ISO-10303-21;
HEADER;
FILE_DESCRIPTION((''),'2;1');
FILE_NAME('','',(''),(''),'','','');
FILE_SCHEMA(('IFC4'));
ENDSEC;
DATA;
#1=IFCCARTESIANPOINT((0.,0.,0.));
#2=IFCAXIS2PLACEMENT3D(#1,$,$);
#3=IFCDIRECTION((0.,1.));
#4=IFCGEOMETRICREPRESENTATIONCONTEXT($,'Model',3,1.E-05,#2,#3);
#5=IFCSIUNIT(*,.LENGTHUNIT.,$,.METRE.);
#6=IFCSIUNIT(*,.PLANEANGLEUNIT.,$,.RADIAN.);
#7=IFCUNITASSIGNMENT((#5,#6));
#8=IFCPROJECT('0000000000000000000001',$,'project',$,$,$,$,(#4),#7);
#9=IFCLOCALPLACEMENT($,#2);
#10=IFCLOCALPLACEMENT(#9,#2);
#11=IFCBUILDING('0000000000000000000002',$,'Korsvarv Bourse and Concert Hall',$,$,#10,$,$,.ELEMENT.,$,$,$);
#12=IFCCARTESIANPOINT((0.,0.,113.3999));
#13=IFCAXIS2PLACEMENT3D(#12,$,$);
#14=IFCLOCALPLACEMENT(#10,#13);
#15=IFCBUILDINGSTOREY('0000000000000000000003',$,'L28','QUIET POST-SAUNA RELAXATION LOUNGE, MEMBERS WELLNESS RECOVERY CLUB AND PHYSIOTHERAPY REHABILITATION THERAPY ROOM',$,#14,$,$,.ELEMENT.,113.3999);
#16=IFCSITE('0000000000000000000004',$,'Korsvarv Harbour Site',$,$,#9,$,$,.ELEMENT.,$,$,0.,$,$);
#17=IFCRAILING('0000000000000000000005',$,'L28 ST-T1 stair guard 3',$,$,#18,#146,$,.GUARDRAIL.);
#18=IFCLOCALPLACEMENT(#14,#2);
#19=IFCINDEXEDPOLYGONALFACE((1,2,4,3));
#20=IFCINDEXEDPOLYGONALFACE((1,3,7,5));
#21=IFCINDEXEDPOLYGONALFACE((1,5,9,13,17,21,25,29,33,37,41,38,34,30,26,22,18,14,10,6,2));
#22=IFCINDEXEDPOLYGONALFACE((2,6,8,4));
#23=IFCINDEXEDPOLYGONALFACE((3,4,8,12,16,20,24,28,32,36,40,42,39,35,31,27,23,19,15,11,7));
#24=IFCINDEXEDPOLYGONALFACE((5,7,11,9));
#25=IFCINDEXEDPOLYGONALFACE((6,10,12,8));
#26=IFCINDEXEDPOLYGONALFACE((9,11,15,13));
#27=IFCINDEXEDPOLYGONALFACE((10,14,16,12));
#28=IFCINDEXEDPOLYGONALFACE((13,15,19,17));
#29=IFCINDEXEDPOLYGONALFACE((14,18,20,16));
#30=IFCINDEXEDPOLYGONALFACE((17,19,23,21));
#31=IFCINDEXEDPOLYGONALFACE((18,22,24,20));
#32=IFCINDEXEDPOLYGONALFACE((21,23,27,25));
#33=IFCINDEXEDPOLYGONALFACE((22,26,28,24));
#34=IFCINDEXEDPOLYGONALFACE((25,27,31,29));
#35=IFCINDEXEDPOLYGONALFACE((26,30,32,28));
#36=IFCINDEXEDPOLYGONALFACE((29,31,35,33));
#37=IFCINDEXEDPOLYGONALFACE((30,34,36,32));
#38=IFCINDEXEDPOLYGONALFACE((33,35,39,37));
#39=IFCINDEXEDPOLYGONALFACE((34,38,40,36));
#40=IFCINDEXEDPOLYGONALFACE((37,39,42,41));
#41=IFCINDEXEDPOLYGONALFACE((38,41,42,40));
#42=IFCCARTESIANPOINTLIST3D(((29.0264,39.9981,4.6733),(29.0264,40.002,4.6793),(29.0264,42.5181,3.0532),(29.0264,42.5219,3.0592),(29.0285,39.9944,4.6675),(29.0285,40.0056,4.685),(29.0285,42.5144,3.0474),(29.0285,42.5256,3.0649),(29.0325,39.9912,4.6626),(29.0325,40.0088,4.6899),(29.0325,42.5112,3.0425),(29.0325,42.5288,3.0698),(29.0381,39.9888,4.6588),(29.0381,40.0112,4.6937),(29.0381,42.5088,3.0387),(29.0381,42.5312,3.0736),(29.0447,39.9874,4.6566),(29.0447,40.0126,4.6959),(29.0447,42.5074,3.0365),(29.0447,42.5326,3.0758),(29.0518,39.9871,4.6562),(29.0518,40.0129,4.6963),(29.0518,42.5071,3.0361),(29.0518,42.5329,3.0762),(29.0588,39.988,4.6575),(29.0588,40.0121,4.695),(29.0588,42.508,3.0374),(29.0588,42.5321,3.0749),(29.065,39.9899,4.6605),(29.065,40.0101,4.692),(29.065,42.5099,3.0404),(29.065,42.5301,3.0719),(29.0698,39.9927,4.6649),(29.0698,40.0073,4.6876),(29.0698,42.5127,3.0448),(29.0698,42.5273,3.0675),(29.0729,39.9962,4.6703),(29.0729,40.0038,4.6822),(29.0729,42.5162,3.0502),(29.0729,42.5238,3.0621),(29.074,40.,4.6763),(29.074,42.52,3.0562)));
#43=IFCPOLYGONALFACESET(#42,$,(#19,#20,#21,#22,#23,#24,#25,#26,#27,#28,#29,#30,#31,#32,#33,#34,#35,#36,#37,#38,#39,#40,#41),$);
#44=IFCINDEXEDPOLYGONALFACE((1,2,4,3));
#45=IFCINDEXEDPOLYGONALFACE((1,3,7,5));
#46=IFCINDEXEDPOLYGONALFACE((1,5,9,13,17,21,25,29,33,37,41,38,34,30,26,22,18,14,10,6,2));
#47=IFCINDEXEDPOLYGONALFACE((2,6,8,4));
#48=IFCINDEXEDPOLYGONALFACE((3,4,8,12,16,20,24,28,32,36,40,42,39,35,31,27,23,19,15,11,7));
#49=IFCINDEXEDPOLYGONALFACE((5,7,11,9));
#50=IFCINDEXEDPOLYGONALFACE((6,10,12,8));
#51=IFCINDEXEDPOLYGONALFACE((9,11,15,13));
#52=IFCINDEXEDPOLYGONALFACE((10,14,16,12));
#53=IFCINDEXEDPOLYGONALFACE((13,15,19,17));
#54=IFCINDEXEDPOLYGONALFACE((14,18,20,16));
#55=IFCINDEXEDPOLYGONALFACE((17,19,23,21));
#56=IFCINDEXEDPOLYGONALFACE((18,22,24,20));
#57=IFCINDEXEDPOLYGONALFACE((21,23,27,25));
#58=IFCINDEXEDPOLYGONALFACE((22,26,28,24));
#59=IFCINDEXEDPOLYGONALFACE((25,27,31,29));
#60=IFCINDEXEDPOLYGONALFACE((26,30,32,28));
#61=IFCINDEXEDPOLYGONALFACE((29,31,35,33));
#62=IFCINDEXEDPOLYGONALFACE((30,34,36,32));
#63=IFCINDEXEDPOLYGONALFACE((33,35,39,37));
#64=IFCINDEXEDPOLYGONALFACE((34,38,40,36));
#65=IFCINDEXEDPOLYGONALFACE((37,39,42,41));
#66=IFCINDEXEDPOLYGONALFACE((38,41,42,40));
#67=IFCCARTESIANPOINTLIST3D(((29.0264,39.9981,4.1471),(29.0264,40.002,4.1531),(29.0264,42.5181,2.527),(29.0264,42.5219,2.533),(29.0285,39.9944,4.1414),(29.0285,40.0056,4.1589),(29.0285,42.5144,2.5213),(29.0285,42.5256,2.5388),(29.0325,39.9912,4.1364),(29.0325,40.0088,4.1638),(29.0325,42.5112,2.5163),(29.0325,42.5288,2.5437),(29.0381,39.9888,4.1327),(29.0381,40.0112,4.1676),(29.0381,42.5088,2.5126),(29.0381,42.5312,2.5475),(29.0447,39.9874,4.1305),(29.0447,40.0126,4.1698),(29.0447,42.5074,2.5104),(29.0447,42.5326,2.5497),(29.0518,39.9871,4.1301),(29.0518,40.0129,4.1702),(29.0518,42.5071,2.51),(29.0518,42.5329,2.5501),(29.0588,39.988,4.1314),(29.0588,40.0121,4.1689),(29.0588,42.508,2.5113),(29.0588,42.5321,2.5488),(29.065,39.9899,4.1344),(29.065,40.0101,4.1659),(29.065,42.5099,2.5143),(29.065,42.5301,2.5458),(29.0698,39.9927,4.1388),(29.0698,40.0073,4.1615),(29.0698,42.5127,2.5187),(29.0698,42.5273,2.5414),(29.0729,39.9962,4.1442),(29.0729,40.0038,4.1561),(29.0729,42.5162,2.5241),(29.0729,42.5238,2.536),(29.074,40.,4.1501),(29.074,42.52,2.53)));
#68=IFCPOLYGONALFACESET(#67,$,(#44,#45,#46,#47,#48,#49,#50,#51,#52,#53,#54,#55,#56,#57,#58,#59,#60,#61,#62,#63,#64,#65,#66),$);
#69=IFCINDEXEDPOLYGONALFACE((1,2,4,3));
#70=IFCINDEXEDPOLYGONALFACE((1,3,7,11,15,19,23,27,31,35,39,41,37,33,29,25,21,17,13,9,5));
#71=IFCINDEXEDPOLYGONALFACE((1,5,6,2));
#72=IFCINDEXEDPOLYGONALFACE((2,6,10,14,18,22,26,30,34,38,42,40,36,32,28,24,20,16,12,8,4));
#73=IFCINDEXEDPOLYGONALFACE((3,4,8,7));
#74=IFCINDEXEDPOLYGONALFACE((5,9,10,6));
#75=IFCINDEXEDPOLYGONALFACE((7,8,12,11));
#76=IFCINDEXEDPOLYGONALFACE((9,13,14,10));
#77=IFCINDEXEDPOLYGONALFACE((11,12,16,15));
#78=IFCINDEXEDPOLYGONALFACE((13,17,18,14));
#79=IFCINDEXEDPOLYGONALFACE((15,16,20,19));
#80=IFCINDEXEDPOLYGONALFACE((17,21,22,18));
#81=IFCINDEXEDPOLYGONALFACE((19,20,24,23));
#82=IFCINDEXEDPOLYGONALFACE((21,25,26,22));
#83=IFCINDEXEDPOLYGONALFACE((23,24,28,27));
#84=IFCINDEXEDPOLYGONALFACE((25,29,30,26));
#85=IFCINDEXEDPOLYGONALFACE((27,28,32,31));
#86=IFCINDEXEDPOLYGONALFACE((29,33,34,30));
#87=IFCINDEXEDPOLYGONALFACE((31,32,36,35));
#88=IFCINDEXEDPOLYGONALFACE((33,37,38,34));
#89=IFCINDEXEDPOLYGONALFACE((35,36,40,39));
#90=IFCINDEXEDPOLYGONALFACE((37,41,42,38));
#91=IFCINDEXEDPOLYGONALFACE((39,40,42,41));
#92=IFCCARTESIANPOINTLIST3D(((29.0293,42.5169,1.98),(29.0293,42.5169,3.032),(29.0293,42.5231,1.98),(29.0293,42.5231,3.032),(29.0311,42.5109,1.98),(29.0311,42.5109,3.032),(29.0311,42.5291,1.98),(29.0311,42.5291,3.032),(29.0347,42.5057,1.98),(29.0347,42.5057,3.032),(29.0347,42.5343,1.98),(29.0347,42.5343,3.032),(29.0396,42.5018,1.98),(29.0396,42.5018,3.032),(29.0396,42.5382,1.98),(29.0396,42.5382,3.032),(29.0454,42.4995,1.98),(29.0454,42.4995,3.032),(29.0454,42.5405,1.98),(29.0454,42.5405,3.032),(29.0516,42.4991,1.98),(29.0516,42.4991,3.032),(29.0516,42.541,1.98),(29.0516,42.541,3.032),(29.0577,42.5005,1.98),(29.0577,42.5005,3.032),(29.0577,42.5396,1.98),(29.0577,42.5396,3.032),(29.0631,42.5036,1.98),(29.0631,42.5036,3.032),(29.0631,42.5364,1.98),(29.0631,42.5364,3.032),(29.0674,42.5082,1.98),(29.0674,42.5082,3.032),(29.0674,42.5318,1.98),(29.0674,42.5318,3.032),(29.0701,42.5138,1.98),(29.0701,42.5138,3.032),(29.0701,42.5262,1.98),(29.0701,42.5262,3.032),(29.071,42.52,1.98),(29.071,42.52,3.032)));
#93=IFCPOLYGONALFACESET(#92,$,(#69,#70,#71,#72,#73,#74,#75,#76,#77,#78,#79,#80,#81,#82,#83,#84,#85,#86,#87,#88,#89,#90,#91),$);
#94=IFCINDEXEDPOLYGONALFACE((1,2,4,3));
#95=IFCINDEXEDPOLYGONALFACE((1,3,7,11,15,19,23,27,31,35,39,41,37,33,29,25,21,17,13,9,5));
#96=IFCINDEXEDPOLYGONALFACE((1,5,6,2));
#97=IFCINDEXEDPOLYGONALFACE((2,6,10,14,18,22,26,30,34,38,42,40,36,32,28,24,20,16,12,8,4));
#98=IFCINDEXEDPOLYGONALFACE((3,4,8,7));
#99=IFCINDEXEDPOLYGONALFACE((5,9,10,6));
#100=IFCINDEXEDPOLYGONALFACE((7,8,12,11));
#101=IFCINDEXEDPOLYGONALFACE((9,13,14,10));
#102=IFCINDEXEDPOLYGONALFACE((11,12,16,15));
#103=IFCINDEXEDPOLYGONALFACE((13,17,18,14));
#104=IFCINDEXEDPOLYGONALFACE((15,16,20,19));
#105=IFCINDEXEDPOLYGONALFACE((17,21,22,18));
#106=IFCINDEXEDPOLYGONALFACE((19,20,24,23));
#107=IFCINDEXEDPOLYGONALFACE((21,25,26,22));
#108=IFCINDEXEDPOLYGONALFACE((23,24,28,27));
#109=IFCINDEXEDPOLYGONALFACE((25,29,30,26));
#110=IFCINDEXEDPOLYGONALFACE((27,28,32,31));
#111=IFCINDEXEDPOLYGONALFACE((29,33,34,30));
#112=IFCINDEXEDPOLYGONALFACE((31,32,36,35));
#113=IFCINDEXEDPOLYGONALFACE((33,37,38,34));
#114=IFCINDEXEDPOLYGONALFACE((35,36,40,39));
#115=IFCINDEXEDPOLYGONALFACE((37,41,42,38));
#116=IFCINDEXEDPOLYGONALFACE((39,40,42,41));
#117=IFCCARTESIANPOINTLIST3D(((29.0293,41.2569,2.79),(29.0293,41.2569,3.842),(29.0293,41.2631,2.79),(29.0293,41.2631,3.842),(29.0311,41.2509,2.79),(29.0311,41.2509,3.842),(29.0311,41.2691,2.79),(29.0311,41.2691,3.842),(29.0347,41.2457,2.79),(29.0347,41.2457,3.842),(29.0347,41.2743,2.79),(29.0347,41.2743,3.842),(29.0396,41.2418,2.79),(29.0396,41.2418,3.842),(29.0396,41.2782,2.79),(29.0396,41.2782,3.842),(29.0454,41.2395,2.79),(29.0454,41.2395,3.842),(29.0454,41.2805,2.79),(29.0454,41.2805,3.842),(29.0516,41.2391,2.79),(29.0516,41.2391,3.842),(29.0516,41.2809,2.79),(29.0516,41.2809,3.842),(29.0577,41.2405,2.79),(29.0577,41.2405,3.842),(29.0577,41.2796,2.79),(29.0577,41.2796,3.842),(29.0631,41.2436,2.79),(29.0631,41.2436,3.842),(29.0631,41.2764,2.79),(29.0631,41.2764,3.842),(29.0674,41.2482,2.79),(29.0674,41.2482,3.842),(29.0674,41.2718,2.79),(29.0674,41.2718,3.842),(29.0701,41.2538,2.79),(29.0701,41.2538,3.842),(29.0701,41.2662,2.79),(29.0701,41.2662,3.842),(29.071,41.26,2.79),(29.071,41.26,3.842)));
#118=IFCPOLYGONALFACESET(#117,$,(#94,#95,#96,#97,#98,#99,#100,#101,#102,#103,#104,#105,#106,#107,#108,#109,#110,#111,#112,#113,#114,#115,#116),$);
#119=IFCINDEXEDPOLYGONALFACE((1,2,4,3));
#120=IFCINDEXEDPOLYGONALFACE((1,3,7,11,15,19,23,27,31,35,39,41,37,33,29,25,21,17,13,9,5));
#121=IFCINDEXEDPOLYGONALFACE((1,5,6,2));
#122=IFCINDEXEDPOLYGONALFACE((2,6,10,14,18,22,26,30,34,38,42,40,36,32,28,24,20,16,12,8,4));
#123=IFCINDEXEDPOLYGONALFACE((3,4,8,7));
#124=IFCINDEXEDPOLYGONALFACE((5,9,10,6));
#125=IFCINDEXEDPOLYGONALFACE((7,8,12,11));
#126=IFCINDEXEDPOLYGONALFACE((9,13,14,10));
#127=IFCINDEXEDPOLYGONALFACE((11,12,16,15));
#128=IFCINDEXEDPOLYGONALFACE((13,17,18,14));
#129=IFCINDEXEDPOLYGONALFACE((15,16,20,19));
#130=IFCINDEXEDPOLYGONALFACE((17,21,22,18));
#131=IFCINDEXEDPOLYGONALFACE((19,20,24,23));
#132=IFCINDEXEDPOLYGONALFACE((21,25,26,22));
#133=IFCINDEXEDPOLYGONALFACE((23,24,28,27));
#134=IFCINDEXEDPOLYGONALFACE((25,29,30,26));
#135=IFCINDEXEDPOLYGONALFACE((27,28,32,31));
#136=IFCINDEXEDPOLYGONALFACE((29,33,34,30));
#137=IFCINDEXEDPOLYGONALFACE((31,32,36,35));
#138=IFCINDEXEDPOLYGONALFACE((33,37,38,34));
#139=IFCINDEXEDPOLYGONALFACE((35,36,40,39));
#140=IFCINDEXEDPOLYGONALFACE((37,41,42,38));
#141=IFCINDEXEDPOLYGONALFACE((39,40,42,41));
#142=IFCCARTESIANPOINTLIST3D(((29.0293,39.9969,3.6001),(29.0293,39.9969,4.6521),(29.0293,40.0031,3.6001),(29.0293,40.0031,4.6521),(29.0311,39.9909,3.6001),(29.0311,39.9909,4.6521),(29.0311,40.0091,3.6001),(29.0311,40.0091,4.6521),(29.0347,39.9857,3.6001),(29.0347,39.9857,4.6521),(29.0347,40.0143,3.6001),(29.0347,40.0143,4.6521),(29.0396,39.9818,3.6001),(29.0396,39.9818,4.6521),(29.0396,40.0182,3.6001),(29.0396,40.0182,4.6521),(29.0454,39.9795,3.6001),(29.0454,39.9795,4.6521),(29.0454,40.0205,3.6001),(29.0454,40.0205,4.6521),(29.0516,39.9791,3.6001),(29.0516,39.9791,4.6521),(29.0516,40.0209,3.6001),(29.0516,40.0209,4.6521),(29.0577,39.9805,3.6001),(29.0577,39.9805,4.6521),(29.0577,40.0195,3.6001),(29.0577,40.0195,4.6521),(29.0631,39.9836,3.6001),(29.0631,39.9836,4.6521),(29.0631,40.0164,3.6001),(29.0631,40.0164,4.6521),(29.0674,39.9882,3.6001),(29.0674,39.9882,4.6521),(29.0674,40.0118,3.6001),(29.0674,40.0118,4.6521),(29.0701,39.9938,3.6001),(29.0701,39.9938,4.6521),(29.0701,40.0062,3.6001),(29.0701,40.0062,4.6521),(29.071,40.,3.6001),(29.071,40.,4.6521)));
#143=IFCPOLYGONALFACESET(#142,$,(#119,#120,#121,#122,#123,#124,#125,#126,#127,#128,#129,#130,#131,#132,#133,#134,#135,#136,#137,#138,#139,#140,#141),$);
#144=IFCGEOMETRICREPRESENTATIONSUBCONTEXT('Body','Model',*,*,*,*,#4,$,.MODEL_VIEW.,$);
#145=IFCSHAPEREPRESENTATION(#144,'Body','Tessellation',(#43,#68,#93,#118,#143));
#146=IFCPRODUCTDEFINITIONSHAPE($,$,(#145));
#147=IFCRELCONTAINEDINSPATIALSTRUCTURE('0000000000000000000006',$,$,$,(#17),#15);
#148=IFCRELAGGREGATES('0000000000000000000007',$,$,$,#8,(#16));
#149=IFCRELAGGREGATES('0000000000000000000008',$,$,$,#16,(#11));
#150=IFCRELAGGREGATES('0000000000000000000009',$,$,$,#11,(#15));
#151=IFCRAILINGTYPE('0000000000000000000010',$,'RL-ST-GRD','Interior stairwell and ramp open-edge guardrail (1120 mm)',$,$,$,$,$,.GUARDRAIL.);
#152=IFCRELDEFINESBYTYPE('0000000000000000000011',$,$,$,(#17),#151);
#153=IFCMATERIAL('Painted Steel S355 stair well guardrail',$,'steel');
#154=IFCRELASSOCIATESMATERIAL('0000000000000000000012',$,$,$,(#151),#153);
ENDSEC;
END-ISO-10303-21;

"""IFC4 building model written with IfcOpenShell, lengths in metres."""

from ifc_helpers import new_model, si_unit, direction, frame, origin, origin_2d, place, context, subcontext, project, spatial, circle, extrude, material, type_object, element, save


model = new_model("IFC4")

# Units and contexts
model_context = context("Model", 3, precision=1e-05, world=origin(), true_north=direction((0.0, 1.0)))
body_context = subcontext(model_context, "Body", "Model", "MODEL_VIEW")
ifc_project = project(units=[si_unit("LENGTHUNIT", "METRE"), si_unit("PLANEANGLEUNIT", "RADIAN")], contexts=[model_context])

# Site, building, storey
site_placement = place(None, origin())
site = spatial("IfcSite", under=ifc_project, at=site_placement, Name="Korsvarv Harbour Site", CompositionType="ELEMENT", RefElevation=0.0)
building_placement = place(site_placement, origin())
building = spatial("IfcBuilding", under=site, at=building_placement, Name="Korsvarv Bourse and Concert Hall", CompositionType="ELEMENT")
storey_placement = place(building_placement, frame((0.0, 0.0, 113.3999)))
storey = spatial("IfcBuildingStorey", under=building, at=storey_placement, Name="L28", Description="QUIET POST-SAUNA RELAXATION LOUNGE, MEMBERS WELLNESS RECOVERY CLUB AND PHYSIOTHERAPY REHABILITATION THERAPY ROOM", CompositionType="ELEMENT", Elevation=113.3999)

# Railing
ifc_material_1 = material(Name="Painted Steel S355 stair well guardrail", Category="steel")
railing_type_1 = type_object("IfcRailingType", Name="RL-ST-GRD", Description="Interior stairwell and ramp open-edge guardrail (1120 mm)", PredefinedType="GUARDRAIL", material=ifc_material_1)
railing_1_placement = place(storey_placement, frame((29.05, 42.52, 1.98)))
element("IfcRailing", 1, at=railing_1_placement, inside=storey, type_object=railing_type_1, Name="L28 ST-T1 stair guard 3", PredefinedType="GUARDRAIL", context=body_context, shape_type="SweptSolid", body=[
    extrude(circle(Radius=0.0239, at=origin_2d()), frame((0.0, 0.0, 1.0762), z_axis=(0.0, -0.841163, 0.540782), x_axis=(1.0, 0.0, 0.0)), (0.0, 0.0, 1.0), 2.9958),
    extrude(circle(Radius=0.0239, at=origin_2d()), frame((0.0, 0.0, 0.55), z_axis=(0.0, -0.841163, 0.540782), x_axis=(1.0, 0.0, 0.0)), (0.0, 0.0, 1.0), 2.9958),
    extrude(circle(Radius=0.021, at=origin_2d()), origin(), (0.0, 0.0, 1.0), 1.052),
    extrude(circle(Radius=0.021, at=origin_2d()), frame((0.0, -1.26, 0.8101)), (0.0, 0.0, 1.0), 1.052),
    extrude(circle(Radius=0.021, at=origin_2d()), frame((0.0, -2.52, 1.6201)), (0.0, 0.0, 1.0), 1.052),
])

save(model, "model.ifc")
